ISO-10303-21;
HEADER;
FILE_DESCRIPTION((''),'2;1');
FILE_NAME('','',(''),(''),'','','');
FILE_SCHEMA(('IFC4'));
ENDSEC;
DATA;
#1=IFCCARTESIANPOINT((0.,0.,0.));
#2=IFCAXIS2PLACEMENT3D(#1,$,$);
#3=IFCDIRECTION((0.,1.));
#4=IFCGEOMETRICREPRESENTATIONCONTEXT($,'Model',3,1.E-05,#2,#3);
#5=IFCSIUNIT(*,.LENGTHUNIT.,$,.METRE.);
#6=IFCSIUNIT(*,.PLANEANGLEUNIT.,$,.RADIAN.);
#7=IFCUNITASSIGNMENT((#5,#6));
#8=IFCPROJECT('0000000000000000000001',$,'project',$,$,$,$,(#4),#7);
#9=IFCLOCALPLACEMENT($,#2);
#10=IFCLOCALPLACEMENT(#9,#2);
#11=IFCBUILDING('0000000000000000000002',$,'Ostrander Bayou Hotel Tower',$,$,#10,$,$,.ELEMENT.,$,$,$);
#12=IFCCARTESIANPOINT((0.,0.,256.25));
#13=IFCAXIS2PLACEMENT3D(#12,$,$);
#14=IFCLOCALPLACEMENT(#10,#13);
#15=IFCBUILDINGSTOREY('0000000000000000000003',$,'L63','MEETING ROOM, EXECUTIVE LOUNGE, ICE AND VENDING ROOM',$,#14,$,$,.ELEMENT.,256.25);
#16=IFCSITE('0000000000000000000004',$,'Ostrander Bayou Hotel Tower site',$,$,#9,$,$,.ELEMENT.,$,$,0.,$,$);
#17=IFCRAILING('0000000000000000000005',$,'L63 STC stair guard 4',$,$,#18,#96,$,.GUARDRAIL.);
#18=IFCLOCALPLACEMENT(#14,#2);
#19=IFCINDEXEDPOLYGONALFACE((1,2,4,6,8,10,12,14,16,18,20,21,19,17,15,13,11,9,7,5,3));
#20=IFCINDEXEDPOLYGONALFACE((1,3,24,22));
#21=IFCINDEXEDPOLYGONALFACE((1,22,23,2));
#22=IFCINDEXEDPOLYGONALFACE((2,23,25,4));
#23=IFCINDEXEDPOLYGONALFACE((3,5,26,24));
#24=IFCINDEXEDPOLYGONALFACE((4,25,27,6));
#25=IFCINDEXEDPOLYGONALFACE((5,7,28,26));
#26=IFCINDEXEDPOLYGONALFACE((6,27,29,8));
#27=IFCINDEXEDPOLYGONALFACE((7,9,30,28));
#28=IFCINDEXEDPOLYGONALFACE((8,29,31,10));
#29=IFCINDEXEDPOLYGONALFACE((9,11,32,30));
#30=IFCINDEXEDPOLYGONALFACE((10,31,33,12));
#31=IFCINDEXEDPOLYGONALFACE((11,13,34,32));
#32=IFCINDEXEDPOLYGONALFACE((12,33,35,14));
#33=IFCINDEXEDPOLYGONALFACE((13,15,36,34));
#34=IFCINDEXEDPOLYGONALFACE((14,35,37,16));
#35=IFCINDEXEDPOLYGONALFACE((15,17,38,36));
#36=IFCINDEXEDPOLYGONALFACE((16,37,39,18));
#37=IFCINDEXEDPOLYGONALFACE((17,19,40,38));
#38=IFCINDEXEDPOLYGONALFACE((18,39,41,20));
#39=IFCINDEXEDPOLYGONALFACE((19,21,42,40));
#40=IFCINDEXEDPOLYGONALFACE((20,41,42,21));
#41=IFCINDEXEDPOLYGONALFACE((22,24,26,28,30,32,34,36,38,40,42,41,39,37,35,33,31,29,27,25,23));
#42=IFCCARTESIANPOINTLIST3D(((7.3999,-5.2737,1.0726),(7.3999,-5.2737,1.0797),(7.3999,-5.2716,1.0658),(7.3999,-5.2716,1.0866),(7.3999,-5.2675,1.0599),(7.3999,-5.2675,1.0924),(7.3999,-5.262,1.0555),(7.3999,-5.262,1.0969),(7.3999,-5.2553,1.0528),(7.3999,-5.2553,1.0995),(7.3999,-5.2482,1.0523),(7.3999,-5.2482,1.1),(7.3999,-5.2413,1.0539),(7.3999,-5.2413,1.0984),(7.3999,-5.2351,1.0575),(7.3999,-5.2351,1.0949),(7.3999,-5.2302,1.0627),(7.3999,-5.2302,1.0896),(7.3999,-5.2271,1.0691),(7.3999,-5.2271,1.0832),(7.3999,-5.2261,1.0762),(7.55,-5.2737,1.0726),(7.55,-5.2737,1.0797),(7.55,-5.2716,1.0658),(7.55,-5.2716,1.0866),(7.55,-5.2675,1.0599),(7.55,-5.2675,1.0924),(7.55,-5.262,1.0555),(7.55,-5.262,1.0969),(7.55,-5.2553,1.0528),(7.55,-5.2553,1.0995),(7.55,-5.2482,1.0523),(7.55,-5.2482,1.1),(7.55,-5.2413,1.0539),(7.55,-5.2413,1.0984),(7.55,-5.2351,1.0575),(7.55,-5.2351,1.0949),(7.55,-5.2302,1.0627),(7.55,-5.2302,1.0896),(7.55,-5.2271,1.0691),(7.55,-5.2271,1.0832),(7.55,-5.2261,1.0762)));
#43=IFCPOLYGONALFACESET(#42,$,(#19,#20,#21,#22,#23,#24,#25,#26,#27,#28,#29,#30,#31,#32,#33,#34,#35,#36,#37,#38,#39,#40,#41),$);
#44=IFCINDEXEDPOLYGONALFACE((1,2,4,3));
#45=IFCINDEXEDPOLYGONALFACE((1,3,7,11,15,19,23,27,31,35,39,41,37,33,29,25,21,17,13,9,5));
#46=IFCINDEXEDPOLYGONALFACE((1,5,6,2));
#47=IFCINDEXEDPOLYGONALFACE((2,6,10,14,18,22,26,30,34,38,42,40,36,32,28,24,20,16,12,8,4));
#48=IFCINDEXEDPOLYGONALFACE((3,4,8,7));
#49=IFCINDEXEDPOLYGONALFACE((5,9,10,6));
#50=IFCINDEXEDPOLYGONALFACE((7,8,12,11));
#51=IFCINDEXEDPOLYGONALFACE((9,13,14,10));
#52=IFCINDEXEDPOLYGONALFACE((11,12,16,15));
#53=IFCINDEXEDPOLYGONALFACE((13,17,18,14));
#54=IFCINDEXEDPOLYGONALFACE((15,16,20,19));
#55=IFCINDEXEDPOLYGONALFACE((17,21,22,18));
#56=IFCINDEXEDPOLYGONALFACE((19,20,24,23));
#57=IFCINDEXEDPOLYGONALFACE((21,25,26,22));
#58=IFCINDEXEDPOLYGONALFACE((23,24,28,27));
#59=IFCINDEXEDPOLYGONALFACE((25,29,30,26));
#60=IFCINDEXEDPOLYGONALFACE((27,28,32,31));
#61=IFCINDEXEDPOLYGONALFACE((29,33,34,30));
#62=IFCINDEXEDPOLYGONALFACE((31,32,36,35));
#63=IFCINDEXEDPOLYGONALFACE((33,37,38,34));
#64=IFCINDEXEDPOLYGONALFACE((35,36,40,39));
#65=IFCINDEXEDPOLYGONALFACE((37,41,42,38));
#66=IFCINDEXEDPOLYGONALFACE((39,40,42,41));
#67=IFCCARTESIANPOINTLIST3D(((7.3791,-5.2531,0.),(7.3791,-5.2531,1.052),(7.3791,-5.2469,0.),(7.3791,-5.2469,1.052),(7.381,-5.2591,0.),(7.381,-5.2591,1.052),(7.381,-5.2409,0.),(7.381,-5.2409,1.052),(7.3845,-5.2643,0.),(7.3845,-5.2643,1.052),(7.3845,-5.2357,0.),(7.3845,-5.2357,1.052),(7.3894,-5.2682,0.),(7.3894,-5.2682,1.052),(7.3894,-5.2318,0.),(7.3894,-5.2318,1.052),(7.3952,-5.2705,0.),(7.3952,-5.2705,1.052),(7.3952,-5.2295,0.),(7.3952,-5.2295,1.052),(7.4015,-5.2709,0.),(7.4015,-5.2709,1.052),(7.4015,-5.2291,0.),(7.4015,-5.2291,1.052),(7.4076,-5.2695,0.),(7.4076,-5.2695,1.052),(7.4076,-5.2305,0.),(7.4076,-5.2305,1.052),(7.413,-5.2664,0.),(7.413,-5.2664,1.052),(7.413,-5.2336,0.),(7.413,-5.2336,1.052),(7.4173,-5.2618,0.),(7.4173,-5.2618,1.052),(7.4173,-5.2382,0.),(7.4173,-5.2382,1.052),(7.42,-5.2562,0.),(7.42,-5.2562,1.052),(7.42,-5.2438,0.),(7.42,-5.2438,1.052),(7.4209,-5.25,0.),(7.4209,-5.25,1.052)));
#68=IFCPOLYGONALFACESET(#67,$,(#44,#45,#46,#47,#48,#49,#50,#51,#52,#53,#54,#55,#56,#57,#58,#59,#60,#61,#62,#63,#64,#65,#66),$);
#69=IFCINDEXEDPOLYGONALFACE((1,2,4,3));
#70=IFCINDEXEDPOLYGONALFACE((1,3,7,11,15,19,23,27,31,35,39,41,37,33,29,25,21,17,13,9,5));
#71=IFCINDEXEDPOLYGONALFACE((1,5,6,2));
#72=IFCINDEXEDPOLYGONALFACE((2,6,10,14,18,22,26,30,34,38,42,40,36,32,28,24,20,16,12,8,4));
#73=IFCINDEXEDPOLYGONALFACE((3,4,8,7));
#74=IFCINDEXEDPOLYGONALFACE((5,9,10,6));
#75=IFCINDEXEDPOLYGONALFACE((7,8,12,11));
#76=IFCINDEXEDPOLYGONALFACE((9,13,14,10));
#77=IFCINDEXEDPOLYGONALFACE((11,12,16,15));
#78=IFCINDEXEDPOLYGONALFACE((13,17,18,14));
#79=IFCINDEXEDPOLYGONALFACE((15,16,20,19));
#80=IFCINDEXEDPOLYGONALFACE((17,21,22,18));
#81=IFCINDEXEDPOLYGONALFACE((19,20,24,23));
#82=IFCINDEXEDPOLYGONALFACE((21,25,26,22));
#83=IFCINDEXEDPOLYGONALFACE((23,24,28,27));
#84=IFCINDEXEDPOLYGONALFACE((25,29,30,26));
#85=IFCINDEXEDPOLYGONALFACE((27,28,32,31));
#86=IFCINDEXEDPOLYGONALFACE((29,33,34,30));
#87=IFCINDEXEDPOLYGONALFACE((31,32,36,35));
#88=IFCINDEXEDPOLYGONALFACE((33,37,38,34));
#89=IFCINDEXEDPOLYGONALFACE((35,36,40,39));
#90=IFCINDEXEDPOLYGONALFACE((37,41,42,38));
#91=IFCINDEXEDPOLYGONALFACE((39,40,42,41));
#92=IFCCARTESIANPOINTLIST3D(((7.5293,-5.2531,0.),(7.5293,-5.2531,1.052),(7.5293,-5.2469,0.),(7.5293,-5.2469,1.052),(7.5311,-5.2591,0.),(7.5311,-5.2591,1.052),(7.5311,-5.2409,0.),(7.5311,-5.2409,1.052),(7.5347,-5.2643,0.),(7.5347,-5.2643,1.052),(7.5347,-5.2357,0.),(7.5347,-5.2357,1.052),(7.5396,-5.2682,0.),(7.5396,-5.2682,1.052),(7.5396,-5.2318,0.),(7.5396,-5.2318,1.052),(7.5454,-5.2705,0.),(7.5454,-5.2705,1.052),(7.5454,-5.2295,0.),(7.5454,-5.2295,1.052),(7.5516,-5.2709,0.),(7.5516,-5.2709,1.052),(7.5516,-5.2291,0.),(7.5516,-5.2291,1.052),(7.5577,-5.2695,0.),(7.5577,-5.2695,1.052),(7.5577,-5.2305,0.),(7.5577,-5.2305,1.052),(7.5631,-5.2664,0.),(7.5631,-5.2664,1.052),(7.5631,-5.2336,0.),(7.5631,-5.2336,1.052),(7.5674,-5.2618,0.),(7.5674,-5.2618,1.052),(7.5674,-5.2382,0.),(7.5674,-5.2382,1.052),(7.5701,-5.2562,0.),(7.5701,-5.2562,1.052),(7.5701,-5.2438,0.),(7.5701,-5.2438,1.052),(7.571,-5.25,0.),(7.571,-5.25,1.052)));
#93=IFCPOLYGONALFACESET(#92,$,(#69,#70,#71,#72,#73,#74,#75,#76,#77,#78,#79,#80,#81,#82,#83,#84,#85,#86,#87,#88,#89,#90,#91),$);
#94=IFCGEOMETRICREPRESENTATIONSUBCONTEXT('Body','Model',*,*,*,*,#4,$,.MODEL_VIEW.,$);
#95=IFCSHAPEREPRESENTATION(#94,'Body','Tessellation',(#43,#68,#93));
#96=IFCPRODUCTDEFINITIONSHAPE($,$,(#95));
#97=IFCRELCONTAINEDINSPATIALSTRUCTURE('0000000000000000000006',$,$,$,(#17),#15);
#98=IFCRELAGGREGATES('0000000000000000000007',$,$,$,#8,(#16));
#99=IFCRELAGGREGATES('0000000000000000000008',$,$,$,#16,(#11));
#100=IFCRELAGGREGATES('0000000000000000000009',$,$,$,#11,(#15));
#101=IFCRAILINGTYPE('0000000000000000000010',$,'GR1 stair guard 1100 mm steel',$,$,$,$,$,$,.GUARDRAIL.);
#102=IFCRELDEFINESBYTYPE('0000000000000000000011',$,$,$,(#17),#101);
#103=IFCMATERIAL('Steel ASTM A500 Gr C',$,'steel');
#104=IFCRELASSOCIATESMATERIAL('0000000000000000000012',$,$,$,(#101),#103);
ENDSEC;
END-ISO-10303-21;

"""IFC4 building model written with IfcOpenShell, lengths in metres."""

from ifc_helpers import new_model, si_unit, direction, frame, origin, origin_2d, place, context, subcontext, project, spatial, circle, extrude, material, type_object, element, save


model = new_model("IFC4")

# Units and contexts
model_context = context("Model", 3, precision=1e-05, world=origin(), true_north=direction((0.0, 1.0)))
body_context = subcontext(model_context, "Body", "Model", "MODEL_VIEW")
ifc_project = project(units=[si_unit("LENGTHUNIT", "METRE"), si_unit("PLANEANGLEUNIT", "RADIAN")], contexts=[model_context])

# Site, building, storey
site_placement = place(None, origin())
site = spatial("IfcSite", under=ifc_project, at=site_placement, Name="Ostrander Bayou Hotel Tower site", CompositionType="ELEMENT", RefElevation=0.0)
building_placement = place(site_placement, origin())
building = spatial("IfcBuilding", under=site, at=building_placement, Name="Ostrander Bayou Hotel Tower", CompositionType="ELEMENT")
storey_placement = place(building_placement, frame((0.0, 0.0, 256.25)))
storey = spatial("IfcBuildingStorey", under=building, at=storey_placement, Name="L63", Description="MEETING ROOM, EXECUTIVE LOUNGE, ICE AND VENDING ROOM", CompositionType="ELEMENT", Elevation=256.25)

# Railing
ifc_material_1 = material(Name="Steel ASTM A500 Gr C", Category="steel")
railing_type_1 = type_object("IfcRailingType", Name="GR1 stair guard 1100 mm steel", PredefinedType="GUARDRAIL", material=ifc_material_1)
railing_1_placement = place(storey_placement, frame((7.3999, -5.25, 0.0)))
element("IfcRailing", 1, at=railing_1_placement, inside=storey, type_object=railing_type_1, Name="L63 STC stair guard 4", PredefinedType="GUARDRAIL", context=body_context, shape_type="SweptSolid", body=[
    extrude(circle(Radius=0.0239, at=origin_2d()), frame((0.0, 0.0, 1.0762), z_axis=(1.0, 0.0, 0.0), x_axis=(0.0, 1.0, 0.0)), (0.0, 0.0, 1.0), 0.1501),
    extrude(circle(Radius=0.021, at=origin_2d()), origin(), (0.0, 0.0, 1.0), 1.052),
    extrude(circle(Radius=0.021, at=origin_2d()), frame((0.1501, 0.0, 0.0)), (0.0, 0.0, 1.0), 1.052),
])

save(model, "model.ifc")
